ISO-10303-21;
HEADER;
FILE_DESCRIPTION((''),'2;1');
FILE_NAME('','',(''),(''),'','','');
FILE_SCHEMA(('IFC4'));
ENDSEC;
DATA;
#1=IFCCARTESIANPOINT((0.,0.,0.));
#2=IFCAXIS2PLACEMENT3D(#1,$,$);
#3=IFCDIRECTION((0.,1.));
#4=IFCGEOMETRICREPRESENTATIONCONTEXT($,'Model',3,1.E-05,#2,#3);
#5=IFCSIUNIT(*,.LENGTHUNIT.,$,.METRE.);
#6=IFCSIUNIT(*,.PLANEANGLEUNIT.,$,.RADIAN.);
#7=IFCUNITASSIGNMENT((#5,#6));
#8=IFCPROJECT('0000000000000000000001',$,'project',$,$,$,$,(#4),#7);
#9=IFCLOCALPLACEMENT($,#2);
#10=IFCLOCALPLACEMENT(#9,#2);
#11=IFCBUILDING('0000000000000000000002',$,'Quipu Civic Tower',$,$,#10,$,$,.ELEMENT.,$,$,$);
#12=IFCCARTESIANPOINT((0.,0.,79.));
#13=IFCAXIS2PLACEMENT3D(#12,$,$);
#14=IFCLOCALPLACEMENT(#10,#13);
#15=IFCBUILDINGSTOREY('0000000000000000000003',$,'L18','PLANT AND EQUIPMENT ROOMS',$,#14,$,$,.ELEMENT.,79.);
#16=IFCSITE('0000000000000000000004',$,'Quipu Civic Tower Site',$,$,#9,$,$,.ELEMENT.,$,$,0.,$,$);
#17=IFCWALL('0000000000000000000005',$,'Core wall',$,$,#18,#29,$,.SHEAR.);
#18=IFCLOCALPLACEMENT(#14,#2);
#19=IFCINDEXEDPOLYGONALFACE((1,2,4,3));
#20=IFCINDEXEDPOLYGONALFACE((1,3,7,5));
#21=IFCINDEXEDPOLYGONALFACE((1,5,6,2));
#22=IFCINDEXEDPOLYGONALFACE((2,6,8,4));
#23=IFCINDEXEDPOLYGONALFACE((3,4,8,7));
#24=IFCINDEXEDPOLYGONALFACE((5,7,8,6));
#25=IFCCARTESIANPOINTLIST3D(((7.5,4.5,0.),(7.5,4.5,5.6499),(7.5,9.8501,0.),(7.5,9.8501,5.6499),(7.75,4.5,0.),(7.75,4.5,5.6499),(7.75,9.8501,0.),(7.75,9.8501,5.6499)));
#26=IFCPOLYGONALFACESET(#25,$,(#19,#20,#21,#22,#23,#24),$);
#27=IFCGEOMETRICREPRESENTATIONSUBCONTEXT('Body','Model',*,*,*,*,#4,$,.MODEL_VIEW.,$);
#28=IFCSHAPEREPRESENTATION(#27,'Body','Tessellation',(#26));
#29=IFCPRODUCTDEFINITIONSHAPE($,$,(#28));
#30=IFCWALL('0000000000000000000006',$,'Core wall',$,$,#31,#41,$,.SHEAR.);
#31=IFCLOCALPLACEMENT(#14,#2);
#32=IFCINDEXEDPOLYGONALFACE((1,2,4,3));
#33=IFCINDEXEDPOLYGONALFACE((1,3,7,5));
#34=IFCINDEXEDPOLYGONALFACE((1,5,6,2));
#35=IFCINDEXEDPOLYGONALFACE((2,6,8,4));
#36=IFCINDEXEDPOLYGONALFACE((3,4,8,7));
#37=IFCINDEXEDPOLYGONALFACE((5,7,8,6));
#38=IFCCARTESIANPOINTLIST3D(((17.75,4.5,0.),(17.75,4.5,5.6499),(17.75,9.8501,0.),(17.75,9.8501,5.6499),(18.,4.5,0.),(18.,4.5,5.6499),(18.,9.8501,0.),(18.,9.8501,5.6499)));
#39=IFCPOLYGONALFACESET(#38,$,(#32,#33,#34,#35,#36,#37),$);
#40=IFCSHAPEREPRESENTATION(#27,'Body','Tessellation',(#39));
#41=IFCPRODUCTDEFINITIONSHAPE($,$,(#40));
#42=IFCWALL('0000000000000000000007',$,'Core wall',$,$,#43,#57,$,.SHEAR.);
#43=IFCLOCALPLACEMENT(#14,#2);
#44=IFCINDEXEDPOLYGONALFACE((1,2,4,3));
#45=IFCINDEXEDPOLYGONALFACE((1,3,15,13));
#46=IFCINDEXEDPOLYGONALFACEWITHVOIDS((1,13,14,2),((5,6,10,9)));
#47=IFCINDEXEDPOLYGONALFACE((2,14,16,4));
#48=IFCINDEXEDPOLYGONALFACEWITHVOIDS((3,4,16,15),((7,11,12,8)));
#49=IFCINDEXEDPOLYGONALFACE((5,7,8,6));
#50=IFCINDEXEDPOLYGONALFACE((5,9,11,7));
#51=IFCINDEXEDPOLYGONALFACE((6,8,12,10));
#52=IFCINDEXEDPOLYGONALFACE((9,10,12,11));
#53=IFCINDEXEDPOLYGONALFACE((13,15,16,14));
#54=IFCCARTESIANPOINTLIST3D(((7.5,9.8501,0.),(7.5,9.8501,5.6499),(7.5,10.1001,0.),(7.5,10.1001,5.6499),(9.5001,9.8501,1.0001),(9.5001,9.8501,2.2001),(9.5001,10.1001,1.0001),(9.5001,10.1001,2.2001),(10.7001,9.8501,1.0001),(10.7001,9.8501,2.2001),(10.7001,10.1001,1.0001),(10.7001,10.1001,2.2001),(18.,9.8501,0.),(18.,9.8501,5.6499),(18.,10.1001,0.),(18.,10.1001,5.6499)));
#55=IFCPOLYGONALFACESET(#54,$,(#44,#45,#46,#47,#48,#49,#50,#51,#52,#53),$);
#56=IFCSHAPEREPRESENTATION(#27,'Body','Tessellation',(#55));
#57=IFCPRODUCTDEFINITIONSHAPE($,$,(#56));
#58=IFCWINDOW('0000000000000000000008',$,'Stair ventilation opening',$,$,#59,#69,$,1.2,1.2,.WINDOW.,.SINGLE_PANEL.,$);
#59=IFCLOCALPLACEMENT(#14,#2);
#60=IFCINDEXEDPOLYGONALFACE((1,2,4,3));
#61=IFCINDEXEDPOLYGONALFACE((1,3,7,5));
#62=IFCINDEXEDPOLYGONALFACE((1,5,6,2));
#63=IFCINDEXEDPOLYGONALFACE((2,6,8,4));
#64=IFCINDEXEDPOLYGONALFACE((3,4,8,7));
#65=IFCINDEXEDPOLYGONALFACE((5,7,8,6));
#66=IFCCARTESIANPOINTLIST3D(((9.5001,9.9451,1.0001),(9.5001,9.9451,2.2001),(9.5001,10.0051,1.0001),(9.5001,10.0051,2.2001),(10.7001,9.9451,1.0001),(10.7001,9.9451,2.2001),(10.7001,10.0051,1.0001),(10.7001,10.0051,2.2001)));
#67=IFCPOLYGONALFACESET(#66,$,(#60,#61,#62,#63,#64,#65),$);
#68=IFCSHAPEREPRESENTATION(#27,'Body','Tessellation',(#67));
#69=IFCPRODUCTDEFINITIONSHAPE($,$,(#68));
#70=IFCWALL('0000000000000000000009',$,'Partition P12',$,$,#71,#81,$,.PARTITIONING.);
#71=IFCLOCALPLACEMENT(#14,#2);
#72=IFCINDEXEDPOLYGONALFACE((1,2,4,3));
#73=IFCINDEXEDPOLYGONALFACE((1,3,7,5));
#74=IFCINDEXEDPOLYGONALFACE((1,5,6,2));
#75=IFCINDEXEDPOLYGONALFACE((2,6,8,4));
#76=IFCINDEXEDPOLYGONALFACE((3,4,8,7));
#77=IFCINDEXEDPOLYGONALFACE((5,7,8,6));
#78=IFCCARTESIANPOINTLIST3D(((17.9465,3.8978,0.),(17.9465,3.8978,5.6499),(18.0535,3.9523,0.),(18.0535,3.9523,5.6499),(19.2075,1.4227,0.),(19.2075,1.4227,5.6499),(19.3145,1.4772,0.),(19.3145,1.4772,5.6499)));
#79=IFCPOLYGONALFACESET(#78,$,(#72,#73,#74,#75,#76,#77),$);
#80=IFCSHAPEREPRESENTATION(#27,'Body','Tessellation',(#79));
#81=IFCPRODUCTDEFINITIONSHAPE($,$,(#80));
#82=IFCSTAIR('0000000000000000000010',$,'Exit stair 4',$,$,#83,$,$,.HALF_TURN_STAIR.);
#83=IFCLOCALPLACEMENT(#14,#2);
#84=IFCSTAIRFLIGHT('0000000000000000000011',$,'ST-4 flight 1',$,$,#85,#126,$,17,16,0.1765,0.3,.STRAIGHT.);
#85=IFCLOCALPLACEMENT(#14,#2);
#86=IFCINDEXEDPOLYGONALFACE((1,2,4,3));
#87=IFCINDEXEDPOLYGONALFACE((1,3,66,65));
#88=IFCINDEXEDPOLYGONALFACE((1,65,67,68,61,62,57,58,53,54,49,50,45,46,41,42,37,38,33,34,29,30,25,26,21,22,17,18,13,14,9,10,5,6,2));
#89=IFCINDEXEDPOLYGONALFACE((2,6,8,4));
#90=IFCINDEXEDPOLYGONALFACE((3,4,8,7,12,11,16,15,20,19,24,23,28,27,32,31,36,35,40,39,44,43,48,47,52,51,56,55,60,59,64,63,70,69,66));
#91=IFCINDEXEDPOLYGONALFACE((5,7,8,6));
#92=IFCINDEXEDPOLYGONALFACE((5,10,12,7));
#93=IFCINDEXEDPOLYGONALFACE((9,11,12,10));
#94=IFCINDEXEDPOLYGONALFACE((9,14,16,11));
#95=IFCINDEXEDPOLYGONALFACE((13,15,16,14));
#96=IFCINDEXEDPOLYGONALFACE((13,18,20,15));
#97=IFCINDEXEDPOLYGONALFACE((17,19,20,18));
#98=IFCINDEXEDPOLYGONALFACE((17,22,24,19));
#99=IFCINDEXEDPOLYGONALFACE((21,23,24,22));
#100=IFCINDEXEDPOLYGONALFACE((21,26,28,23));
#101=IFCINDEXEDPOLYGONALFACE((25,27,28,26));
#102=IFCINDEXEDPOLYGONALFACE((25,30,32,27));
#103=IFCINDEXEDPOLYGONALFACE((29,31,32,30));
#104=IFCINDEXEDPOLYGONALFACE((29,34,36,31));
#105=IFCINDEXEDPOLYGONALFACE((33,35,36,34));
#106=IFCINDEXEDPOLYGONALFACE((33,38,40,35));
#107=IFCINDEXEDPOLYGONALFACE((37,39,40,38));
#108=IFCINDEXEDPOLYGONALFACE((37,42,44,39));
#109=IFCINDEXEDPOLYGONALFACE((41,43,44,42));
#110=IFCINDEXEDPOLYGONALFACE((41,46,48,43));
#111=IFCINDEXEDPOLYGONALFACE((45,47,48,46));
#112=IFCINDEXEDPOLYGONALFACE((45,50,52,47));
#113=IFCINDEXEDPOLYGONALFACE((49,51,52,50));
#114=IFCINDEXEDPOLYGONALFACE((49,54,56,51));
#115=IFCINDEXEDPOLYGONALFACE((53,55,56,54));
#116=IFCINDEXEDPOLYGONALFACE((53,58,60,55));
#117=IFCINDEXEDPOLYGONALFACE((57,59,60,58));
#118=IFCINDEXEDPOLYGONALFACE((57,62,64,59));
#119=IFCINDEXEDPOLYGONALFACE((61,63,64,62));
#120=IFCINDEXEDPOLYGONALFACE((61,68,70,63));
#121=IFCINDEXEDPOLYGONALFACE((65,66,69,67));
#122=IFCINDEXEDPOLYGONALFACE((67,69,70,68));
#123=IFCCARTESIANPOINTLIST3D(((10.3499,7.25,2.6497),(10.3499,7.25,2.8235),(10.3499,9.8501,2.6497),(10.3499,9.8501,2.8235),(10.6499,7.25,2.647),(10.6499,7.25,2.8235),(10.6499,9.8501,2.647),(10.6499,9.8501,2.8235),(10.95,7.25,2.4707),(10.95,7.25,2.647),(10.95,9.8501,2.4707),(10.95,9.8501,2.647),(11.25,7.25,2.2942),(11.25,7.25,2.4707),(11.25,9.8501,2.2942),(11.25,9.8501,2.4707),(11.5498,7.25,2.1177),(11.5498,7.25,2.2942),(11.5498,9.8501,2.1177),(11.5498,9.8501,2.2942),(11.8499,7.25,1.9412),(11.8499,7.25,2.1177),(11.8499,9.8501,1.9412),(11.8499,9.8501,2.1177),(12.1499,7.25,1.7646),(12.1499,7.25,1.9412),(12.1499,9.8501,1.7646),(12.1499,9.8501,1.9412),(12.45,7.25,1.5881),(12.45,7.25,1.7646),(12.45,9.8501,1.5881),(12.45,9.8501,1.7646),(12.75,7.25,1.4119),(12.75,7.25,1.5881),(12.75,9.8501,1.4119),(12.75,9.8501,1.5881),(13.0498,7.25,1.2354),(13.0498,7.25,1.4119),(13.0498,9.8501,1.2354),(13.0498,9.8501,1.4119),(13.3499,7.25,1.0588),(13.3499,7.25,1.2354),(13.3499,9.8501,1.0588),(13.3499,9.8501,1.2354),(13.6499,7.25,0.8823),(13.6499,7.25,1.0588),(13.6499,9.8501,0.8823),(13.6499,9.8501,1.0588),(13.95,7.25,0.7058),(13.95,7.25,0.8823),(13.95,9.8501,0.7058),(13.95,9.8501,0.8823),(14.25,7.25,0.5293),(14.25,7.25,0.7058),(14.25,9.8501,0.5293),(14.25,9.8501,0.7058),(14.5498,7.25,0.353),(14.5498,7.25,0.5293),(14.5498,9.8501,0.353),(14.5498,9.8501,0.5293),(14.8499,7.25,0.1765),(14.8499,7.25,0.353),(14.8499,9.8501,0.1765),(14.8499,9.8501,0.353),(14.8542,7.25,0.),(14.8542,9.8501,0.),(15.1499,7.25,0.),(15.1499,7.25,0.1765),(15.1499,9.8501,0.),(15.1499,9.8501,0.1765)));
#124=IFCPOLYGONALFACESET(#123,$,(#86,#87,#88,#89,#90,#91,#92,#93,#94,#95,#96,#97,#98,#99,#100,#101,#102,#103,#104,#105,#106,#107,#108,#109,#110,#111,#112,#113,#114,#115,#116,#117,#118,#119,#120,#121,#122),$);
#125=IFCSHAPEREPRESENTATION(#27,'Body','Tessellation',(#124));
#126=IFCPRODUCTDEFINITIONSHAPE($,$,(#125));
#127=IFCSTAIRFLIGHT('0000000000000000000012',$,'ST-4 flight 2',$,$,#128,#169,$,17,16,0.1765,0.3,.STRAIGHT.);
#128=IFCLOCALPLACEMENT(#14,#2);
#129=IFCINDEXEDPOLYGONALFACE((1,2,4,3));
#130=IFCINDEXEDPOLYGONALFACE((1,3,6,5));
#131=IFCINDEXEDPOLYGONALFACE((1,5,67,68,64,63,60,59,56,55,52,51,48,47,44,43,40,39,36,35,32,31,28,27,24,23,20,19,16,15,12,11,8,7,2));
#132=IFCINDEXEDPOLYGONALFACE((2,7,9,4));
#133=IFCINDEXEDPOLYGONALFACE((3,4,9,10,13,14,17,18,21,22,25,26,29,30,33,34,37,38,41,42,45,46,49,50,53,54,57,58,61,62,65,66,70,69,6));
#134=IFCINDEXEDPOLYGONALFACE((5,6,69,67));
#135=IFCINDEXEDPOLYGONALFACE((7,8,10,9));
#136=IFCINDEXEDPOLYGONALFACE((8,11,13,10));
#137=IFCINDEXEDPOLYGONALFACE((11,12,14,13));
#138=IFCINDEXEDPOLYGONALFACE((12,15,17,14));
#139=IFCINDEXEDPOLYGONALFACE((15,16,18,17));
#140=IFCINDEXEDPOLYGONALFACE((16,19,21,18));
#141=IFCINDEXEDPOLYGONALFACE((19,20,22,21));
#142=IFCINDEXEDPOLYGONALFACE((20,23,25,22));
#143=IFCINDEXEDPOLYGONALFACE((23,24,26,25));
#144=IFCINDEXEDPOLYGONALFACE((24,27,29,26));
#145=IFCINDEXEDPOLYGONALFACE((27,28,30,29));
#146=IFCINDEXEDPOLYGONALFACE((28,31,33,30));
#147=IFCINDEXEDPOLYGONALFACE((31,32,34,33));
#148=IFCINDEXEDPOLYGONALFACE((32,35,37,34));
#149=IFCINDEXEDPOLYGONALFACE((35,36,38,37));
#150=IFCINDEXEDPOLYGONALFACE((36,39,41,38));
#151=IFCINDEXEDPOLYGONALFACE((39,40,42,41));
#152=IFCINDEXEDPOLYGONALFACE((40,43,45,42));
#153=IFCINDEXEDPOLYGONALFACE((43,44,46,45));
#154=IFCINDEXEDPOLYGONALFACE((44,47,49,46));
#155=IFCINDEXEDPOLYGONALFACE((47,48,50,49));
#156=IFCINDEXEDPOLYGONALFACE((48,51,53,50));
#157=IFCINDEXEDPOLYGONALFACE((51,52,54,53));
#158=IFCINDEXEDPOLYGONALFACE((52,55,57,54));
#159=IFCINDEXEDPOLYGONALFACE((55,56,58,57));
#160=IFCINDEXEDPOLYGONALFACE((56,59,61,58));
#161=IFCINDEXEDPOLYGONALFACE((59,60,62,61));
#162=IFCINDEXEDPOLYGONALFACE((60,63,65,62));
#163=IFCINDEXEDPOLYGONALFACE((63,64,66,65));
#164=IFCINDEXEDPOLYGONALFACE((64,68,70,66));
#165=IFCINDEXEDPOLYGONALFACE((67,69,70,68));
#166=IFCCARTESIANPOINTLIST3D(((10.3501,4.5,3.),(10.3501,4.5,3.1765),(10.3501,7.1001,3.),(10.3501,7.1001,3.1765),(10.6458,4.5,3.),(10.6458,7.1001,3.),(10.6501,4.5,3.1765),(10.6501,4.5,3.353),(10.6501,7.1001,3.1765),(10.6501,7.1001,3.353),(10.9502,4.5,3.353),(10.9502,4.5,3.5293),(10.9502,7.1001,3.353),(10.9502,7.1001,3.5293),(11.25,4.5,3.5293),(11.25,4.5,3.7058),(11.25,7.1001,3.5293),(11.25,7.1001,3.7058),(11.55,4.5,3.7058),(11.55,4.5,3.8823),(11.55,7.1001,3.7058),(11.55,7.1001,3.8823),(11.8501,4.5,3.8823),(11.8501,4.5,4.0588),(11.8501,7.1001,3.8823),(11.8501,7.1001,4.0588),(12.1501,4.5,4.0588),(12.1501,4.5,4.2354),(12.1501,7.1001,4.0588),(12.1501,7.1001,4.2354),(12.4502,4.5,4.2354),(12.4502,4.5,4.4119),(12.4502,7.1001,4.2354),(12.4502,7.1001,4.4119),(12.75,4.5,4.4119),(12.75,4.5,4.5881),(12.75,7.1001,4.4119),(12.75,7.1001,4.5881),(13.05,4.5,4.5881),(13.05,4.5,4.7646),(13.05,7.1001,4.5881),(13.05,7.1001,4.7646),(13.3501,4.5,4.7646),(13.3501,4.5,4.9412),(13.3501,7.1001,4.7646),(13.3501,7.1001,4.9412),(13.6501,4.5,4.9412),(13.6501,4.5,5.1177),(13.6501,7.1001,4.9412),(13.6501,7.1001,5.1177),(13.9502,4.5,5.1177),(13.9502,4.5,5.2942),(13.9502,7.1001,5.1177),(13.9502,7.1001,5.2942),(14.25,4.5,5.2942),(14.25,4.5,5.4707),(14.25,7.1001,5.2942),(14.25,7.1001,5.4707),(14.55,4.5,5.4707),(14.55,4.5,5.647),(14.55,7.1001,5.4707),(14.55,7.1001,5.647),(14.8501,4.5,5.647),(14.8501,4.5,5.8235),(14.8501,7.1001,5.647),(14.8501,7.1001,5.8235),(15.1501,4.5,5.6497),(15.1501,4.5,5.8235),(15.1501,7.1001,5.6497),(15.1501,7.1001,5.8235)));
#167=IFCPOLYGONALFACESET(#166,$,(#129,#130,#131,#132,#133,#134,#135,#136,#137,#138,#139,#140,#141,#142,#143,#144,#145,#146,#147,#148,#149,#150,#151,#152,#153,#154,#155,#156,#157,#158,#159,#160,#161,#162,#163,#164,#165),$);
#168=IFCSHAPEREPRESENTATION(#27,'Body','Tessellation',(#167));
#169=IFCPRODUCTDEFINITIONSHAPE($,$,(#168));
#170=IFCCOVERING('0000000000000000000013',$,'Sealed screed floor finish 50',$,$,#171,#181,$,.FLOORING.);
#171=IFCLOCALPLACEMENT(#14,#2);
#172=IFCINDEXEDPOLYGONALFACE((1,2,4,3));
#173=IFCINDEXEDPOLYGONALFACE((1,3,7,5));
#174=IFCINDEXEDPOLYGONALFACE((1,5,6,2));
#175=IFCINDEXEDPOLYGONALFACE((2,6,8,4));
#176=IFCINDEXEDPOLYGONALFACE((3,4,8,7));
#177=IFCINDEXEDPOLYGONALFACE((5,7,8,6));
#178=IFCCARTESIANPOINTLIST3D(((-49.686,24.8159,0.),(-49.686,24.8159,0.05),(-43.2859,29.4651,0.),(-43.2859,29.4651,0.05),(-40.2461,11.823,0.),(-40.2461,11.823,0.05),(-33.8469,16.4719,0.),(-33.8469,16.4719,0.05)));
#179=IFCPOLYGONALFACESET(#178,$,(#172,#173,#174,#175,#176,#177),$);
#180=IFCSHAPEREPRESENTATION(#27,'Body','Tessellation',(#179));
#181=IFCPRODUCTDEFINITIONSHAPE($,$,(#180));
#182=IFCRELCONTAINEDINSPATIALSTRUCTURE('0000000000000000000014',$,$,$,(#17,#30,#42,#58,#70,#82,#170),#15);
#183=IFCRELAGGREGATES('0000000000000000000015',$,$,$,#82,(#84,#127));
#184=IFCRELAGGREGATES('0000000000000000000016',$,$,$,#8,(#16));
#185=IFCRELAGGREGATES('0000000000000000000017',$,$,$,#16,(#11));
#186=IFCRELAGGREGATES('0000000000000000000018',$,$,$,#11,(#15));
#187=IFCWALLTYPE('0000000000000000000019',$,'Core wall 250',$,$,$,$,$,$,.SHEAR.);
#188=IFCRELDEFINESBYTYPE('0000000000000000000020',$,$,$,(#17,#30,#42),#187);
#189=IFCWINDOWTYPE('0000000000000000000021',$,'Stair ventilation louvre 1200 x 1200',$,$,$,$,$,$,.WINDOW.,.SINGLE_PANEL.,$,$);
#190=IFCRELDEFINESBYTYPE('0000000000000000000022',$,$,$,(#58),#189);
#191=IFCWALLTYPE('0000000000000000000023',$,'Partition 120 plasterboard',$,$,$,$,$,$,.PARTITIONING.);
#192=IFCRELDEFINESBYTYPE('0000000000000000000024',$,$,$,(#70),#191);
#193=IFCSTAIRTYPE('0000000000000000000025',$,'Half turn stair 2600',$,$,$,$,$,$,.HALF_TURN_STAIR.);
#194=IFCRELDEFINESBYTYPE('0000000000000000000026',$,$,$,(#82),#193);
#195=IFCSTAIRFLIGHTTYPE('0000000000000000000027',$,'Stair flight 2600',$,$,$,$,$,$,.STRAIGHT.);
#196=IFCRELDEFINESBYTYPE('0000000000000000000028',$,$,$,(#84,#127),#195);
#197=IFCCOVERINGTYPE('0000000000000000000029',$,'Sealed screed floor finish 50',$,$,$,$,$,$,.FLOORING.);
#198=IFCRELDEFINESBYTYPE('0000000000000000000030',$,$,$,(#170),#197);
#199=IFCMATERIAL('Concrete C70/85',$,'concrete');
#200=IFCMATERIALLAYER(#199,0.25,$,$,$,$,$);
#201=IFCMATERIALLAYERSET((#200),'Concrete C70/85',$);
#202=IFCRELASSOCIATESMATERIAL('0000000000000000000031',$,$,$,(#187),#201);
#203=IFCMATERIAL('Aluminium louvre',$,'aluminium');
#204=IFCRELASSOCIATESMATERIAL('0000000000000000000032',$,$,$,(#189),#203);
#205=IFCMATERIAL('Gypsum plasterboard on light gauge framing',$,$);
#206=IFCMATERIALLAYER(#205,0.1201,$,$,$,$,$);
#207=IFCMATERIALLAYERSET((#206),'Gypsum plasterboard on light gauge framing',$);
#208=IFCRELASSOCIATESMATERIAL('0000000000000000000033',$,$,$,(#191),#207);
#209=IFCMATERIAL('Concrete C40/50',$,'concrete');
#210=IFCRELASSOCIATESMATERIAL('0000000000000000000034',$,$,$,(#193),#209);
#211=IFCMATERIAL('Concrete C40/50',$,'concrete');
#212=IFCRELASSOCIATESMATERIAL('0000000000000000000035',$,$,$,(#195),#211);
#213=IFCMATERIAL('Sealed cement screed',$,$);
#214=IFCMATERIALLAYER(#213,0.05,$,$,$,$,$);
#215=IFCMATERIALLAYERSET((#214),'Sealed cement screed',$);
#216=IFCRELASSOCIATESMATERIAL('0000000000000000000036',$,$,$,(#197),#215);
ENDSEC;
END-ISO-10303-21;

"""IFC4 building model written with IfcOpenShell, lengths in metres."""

from ifc_helpers import new_model, si_unit, direction, frame, frame_2d, origin, place, context, subcontext, project, spatial, polyline, rectangle, outline, extrude, material, layer, layer_set, type_object, element, fill, aggregate, save


model = new_model("IFC4")

# Units and contexts
model_context = context("Model", 3, precision=1e-05, world=origin(), true_north=direction((0.0, 1.0)))
body_context = subcontext(model_context, "Body", "Model", "MODEL_VIEW")
ifc_project = project(units=[si_unit("LENGTHUNIT", "METRE"), si_unit("PLANEANGLEUNIT", "RADIAN")], contexts=[model_context])

# Site, building, storey
site_placement = place(None, origin())
site = spatial("IfcSite", under=ifc_project, at=site_placement, Name="Quipu Civic Tower Site", CompositionType="ELEMENT", RefElevation=0.0)
building_placement = place(site_placement, origin())
building = spatial("IfcBuilding", under=site, at=building_placement, Name="Quipu Civic Tower", CompositionType="ELEMENT")
storey_placement = place(building_placement, frame((0.0, 0.0, 79.0)))
storey = spatial("IfcBuildingStorey", under=building, at=storey_placement, Name="L18", Description="PLANT AND EQUIPMENT ROOMS", CompositionType="ELEMENT", Elevation=79.0)

# Shared definitions
ifc_material_1 = material(Name="Concrete C70/85", Category="concrete")
ifc_layer_1 = layer(ifc_material_1, 0.25)
ifc_layer_set_1 = layer_set([ifc_layer_1], Name="Concrete C70/85")
wall_type_1 = type_object("IfcWallType", Name="Core wall 250", PredefinedType="SHEAR", material=ifc_layer_set_1)

# Walls
for number, where, z_axis, x_axis, name in (
    (1, (7.625, 4.5, 0.0), (0.0, 0.0, 1.0), (0.0, 1.0, 0.0), "Core wall"),
    (2, (17.875, 4.5, 0.0), (0.0, 0.0, 1.0), (0.0, 1.0, 0.0), "Core wall"),
):
    element("IfcWall", number, at=place(storey_placement, frame(where, z_axis=z_axis, x_axis=x_axis)), inside=storey, type_object=wall_type_1, Name=name, PredefinedType="SHEAR", context=body_context, shape_type="SweptSolid", body=[
        extrude(rectangle(XDim=5.3501, YDim=0.25, at=frame_2d((2.675, 0.0))), origin(), (0.0, 0.0, 1.0), 5.6499),
    ])

# Wall, opening, window
wall_1_placement = place(storey_placement, frame((7.5, 9.9751, 0.0), z_axis=(0.0, 0.0, 1.0), x_axis=(1.0, 0.0, 0.0)))
wall_1 = element("IfcWall", 3, at=wall_1_placement, inside=storey, type_object=wall_type_1, Name="Core wall", PredefinedType="SHEAR", context=body_context, shape_type="SweptSolid", body=[
    extrude(rectangle(XDim=10.5, YDim=0.25, at=frame_2d((5.25, 0.0))), origin(), (0.0, 0.0, 1.0), 5.6499),
])
opening_1_placement = place(wall_1_placement, frame((2.0, 0.0, 1.0)))
opening_1 = element("IfcOpeningElement", 4, at=opening_1_placement, cuts=wall_1, PredefinedType="OPENING", context=body_context, shape_type="SweptSolid", body=[
    extrude(rectangle(XDim=1.2, YDim=1.2, at=frame_2d((0.6001, 0.6001))), frame((0.0, 0.135, 0.0), z_axis=(0.0, -1.0, 0.0), x_axis=(1.0, 0.0, 0.0)), (0.0, 0.0, 1.0), 0.27),
])
ifc_material_2 = material(Name="Aluminium louvre", Category="aluminium")
window_type = type_object("IfcWindowType", Name="Stair ventilation louvre 1200 x 1200", PartitioningType="SINGLE_PANEL", PredefinedType="WINDOW", material=ifc_material_2)
window_placement = place(opening_1_placement, origin())
window = element("IfcWindow", 5, at=window_placement, inside=storey, type_object=window_type, Name="Stair ventilation opening", OverallHeight=1.2, OverallWidth=1.2, PartitioningType="SINGLE_PANEL", PredefinedType="WINDOW", context=body_context, shape_type="SweptSolid", body=[
    extrude(rectangle(XDim=1.2, YDim=1.2, at=frame_2d((0.6001, 0.6001))), frame((0.0, 0.03, 0.0), z_axis=(0.0, -1.0, 0.0), x_axis=(1.0, 0.0, 0.0)), (0.0, 0.0, 1.0), 0.0601),
])
fill(opening_1, window)

# Wall
ifc_material_3 = material(Name="Gypsum plasterboard on light gauge framing")
ifc_layer_2 = layer(ifc_material_3, 0.1201)
ifc_layer_set_2 = layer_set([ifc_layer_2], Name="Gypsum plasterboard on light gauge framing")
wall_type_2 = type_object("IfcWallType", Name="Partition 120 plasterboard", PredefinedType="PARTITIONING", material=ifc_layer_set_2)
wall_2_placement = place(storey_placement, frame((18.0, 3.925, 0.0), z_axis=(0.0, 0.0, 1.0), x_axis=(0.453951, -0.891027, 0.0)))
element("IfcWall", 6, at=wall_2_placement, inside=storey, type_object=wall_type_2, Name="Partition P12", PredefinedType="PARTITIONING", context=body_context, shape_type="SweptSolid", body=[
    extrude(rectangle(XDim=2.7778, YDim=0.1201, at=frame_2d((1.3889, 0.0))), origin(), (0.0, 0.0, 1.0), 5.6499),
])

# Stair, stair flights
ifc_material_4 = material(Name="Concrete C40/50", Category="concrete")
stair_type = type_object("IfcStairType", Name="Half turn stair 2600", PredefinedType="HALF_TURN_STAIR", material=ifc_material_4)
stair_placement = place(storey_placement, origin())
stair = element("IfcStair", 7, at=stair_placement, inside=storey, type_object=stair_type, Name="Exit stair 4", PredefinedType="HALF_TURN_STAIR")
ifc_material_5 = material(Name="Concrete C40/50", Category="concrete")
stair_flight_type = type_object("IfcStairFlightType", Name="Stair flight 2600", PredefinedType="STRAIGHT", material=ifc_material_5)
stair_flight_1_placement = place(storey_placement, frame((15.1499, 8.55, 0.0), z_axis=(0.0, 0.0, 1.0), x_axis=(-1.0, 0.0, 0.0)))
stair_flight_1 = element("IfcStairFlight", 8, at=stair_flight_1_placement, type_object=stair_flight_type, Name="ST-4 flight 1", NumberOfRisers=17, NumberOfTreads=16, PredefinedType="STRAIGHT", RiserHeight=0.1765, TreadLength=0.3, context=body_context, shape_type="SweptSolid", body=[
    extrude(outline(polyline([(0.0, 0.0), (0.0, 0.1765), (0.3, 0.1765), (0.3, 0.353), (0.6001, 0.353), (0.6001, 0.5293), (0.8999, 0.5293), (0.8999, 0.7058), (1.2, 0.7058), (1.2, 0.8823), (1.5, 0.8823), (1.5, 1.0588), (1.8, 1.0588), (1.8, 1.2354), (2.1001, 1.2354), (2.1001, 1.4119), (2.3999, 1.4119), (2.3999, 1.5881), (2.7, 1.5881), (2.7, 1.7646), (3.0, 1.7646), (3.0, 1.9412), (3.3, 1.9412), (3.3, 2.1177), (3.6001, 2.1177), (3.6001, 2.2942), (3.8999, 2.2942), (3.8999, 2.4707), (4.2, 2.4707), (4.2, 2.647), (4.5, 2.647), (4.5, 2.8235), (4.8, 2.8235), (4.8, 3.0), (4.8, 2.6497), (0.2957, 0.0), (0.0, 0.0)])), frame((0.0, 1.3, 0.0), z_axis=(0.0, -1.0, 0.0), x_axis=(1.0, 0.0, 0.0)), (0.0, 0.0, 1.0), 2.6001),
])
stair_flight_2_placement = place(storey_placement, frame((10.3501, 5.8, 3.0), z_axis=(0.0, 0.0, 1.0), x_axis=(1.0, 0.0, 0.0)))
stair_flight_2 = element("IfcStairFlight", 9, at=stair_flight_2_placement, type_object=stair_flight_type, Name="ST-4 flight 2", NumberOfRisers=17, NumberOfTreads=16, PredefinedType="STRAIGHT", RiserHeight=0.1765, TreadLength=0.3, context=body_context, shape_type="SweptSolid", body=[
    extrude(outline(polyline([(0.0, 0.0), (0.0, 0.1765), (0.3, 0.1765), (0.3, 0.353), (0.6001, 0.353), (0.6001, 0.5293), (0.8999, 0.5293), (0.8999, 0.7058), (1.2, 0.7058), (1.2, 0.8823), (1.5, 0.8823), (1.5, 1.0588), (1.8, 1.0588), (1.8, 1.2354), (2.1001, 1.2354), (2.1001, 1.4119), (2.3999, 1.4119), (2.3999, 1.5881), (2.7, 1.5881), (2.7, 1.7646), (3.0, 1.7646), (3.0, 1.9412), (3.3, 1.9412), (3.3, 2.1177), (3.6001, 2.1177), (3.6001, 2.2942), (3.8999, 2.2942), (3.8999, 2.4707), (4.2, 2.4707), (4.2, 2.647), (4.5, 2.647), (4.5, 2.8235), (4.8, 2.8235), (4.8, 3.0), (4.8, 2.6497), (0.2957, 0.0), (0.0, 0.0)])), frame((0.0, 1.3, 0.0), z_axis=(0.0, -1.0, 0.0), x_axis=(1.0, 0.0, 0.0)), (0.0, 0.0, 1.0), 2.6001),
])
aggregate(stair, [stair_flight_1, stair_flight_2])

# Covering
ifc_material_6 = material(Name="Sealed cement screed")
ifc_layer_3 = layer(ifc_material_6, 0.05)
ifc_layer_set_3 = layer_set([ifc_layer_3], Name="Sealed cement screed")
covering_type = type_object("IfcCoveringType", Name="Sealed screed floor finish 50", PredefinedType="FLOORING", material=ifc_layer_set_3)
covering_1_placement = place(storey_placement, origin())
element("IfcCovering", 10, at=covering_1_placement, inside=storey, type_object=covering_type, Name="Sealed screed floor finish 50", PredefinedType="FLOORING", context=body_context, shape_type="SweptSolid", body=[
    extrude(outline(polyline([(-49.686, 24.8159), (-43.2859, 29.4651), (-33.8469, 16.4719), (-40.2461, 11.823), (-49.686, 24.8159)])), origin(), (0.0, 0.0, 1.0), 0.05),
])

save(model, "model.ifc")
